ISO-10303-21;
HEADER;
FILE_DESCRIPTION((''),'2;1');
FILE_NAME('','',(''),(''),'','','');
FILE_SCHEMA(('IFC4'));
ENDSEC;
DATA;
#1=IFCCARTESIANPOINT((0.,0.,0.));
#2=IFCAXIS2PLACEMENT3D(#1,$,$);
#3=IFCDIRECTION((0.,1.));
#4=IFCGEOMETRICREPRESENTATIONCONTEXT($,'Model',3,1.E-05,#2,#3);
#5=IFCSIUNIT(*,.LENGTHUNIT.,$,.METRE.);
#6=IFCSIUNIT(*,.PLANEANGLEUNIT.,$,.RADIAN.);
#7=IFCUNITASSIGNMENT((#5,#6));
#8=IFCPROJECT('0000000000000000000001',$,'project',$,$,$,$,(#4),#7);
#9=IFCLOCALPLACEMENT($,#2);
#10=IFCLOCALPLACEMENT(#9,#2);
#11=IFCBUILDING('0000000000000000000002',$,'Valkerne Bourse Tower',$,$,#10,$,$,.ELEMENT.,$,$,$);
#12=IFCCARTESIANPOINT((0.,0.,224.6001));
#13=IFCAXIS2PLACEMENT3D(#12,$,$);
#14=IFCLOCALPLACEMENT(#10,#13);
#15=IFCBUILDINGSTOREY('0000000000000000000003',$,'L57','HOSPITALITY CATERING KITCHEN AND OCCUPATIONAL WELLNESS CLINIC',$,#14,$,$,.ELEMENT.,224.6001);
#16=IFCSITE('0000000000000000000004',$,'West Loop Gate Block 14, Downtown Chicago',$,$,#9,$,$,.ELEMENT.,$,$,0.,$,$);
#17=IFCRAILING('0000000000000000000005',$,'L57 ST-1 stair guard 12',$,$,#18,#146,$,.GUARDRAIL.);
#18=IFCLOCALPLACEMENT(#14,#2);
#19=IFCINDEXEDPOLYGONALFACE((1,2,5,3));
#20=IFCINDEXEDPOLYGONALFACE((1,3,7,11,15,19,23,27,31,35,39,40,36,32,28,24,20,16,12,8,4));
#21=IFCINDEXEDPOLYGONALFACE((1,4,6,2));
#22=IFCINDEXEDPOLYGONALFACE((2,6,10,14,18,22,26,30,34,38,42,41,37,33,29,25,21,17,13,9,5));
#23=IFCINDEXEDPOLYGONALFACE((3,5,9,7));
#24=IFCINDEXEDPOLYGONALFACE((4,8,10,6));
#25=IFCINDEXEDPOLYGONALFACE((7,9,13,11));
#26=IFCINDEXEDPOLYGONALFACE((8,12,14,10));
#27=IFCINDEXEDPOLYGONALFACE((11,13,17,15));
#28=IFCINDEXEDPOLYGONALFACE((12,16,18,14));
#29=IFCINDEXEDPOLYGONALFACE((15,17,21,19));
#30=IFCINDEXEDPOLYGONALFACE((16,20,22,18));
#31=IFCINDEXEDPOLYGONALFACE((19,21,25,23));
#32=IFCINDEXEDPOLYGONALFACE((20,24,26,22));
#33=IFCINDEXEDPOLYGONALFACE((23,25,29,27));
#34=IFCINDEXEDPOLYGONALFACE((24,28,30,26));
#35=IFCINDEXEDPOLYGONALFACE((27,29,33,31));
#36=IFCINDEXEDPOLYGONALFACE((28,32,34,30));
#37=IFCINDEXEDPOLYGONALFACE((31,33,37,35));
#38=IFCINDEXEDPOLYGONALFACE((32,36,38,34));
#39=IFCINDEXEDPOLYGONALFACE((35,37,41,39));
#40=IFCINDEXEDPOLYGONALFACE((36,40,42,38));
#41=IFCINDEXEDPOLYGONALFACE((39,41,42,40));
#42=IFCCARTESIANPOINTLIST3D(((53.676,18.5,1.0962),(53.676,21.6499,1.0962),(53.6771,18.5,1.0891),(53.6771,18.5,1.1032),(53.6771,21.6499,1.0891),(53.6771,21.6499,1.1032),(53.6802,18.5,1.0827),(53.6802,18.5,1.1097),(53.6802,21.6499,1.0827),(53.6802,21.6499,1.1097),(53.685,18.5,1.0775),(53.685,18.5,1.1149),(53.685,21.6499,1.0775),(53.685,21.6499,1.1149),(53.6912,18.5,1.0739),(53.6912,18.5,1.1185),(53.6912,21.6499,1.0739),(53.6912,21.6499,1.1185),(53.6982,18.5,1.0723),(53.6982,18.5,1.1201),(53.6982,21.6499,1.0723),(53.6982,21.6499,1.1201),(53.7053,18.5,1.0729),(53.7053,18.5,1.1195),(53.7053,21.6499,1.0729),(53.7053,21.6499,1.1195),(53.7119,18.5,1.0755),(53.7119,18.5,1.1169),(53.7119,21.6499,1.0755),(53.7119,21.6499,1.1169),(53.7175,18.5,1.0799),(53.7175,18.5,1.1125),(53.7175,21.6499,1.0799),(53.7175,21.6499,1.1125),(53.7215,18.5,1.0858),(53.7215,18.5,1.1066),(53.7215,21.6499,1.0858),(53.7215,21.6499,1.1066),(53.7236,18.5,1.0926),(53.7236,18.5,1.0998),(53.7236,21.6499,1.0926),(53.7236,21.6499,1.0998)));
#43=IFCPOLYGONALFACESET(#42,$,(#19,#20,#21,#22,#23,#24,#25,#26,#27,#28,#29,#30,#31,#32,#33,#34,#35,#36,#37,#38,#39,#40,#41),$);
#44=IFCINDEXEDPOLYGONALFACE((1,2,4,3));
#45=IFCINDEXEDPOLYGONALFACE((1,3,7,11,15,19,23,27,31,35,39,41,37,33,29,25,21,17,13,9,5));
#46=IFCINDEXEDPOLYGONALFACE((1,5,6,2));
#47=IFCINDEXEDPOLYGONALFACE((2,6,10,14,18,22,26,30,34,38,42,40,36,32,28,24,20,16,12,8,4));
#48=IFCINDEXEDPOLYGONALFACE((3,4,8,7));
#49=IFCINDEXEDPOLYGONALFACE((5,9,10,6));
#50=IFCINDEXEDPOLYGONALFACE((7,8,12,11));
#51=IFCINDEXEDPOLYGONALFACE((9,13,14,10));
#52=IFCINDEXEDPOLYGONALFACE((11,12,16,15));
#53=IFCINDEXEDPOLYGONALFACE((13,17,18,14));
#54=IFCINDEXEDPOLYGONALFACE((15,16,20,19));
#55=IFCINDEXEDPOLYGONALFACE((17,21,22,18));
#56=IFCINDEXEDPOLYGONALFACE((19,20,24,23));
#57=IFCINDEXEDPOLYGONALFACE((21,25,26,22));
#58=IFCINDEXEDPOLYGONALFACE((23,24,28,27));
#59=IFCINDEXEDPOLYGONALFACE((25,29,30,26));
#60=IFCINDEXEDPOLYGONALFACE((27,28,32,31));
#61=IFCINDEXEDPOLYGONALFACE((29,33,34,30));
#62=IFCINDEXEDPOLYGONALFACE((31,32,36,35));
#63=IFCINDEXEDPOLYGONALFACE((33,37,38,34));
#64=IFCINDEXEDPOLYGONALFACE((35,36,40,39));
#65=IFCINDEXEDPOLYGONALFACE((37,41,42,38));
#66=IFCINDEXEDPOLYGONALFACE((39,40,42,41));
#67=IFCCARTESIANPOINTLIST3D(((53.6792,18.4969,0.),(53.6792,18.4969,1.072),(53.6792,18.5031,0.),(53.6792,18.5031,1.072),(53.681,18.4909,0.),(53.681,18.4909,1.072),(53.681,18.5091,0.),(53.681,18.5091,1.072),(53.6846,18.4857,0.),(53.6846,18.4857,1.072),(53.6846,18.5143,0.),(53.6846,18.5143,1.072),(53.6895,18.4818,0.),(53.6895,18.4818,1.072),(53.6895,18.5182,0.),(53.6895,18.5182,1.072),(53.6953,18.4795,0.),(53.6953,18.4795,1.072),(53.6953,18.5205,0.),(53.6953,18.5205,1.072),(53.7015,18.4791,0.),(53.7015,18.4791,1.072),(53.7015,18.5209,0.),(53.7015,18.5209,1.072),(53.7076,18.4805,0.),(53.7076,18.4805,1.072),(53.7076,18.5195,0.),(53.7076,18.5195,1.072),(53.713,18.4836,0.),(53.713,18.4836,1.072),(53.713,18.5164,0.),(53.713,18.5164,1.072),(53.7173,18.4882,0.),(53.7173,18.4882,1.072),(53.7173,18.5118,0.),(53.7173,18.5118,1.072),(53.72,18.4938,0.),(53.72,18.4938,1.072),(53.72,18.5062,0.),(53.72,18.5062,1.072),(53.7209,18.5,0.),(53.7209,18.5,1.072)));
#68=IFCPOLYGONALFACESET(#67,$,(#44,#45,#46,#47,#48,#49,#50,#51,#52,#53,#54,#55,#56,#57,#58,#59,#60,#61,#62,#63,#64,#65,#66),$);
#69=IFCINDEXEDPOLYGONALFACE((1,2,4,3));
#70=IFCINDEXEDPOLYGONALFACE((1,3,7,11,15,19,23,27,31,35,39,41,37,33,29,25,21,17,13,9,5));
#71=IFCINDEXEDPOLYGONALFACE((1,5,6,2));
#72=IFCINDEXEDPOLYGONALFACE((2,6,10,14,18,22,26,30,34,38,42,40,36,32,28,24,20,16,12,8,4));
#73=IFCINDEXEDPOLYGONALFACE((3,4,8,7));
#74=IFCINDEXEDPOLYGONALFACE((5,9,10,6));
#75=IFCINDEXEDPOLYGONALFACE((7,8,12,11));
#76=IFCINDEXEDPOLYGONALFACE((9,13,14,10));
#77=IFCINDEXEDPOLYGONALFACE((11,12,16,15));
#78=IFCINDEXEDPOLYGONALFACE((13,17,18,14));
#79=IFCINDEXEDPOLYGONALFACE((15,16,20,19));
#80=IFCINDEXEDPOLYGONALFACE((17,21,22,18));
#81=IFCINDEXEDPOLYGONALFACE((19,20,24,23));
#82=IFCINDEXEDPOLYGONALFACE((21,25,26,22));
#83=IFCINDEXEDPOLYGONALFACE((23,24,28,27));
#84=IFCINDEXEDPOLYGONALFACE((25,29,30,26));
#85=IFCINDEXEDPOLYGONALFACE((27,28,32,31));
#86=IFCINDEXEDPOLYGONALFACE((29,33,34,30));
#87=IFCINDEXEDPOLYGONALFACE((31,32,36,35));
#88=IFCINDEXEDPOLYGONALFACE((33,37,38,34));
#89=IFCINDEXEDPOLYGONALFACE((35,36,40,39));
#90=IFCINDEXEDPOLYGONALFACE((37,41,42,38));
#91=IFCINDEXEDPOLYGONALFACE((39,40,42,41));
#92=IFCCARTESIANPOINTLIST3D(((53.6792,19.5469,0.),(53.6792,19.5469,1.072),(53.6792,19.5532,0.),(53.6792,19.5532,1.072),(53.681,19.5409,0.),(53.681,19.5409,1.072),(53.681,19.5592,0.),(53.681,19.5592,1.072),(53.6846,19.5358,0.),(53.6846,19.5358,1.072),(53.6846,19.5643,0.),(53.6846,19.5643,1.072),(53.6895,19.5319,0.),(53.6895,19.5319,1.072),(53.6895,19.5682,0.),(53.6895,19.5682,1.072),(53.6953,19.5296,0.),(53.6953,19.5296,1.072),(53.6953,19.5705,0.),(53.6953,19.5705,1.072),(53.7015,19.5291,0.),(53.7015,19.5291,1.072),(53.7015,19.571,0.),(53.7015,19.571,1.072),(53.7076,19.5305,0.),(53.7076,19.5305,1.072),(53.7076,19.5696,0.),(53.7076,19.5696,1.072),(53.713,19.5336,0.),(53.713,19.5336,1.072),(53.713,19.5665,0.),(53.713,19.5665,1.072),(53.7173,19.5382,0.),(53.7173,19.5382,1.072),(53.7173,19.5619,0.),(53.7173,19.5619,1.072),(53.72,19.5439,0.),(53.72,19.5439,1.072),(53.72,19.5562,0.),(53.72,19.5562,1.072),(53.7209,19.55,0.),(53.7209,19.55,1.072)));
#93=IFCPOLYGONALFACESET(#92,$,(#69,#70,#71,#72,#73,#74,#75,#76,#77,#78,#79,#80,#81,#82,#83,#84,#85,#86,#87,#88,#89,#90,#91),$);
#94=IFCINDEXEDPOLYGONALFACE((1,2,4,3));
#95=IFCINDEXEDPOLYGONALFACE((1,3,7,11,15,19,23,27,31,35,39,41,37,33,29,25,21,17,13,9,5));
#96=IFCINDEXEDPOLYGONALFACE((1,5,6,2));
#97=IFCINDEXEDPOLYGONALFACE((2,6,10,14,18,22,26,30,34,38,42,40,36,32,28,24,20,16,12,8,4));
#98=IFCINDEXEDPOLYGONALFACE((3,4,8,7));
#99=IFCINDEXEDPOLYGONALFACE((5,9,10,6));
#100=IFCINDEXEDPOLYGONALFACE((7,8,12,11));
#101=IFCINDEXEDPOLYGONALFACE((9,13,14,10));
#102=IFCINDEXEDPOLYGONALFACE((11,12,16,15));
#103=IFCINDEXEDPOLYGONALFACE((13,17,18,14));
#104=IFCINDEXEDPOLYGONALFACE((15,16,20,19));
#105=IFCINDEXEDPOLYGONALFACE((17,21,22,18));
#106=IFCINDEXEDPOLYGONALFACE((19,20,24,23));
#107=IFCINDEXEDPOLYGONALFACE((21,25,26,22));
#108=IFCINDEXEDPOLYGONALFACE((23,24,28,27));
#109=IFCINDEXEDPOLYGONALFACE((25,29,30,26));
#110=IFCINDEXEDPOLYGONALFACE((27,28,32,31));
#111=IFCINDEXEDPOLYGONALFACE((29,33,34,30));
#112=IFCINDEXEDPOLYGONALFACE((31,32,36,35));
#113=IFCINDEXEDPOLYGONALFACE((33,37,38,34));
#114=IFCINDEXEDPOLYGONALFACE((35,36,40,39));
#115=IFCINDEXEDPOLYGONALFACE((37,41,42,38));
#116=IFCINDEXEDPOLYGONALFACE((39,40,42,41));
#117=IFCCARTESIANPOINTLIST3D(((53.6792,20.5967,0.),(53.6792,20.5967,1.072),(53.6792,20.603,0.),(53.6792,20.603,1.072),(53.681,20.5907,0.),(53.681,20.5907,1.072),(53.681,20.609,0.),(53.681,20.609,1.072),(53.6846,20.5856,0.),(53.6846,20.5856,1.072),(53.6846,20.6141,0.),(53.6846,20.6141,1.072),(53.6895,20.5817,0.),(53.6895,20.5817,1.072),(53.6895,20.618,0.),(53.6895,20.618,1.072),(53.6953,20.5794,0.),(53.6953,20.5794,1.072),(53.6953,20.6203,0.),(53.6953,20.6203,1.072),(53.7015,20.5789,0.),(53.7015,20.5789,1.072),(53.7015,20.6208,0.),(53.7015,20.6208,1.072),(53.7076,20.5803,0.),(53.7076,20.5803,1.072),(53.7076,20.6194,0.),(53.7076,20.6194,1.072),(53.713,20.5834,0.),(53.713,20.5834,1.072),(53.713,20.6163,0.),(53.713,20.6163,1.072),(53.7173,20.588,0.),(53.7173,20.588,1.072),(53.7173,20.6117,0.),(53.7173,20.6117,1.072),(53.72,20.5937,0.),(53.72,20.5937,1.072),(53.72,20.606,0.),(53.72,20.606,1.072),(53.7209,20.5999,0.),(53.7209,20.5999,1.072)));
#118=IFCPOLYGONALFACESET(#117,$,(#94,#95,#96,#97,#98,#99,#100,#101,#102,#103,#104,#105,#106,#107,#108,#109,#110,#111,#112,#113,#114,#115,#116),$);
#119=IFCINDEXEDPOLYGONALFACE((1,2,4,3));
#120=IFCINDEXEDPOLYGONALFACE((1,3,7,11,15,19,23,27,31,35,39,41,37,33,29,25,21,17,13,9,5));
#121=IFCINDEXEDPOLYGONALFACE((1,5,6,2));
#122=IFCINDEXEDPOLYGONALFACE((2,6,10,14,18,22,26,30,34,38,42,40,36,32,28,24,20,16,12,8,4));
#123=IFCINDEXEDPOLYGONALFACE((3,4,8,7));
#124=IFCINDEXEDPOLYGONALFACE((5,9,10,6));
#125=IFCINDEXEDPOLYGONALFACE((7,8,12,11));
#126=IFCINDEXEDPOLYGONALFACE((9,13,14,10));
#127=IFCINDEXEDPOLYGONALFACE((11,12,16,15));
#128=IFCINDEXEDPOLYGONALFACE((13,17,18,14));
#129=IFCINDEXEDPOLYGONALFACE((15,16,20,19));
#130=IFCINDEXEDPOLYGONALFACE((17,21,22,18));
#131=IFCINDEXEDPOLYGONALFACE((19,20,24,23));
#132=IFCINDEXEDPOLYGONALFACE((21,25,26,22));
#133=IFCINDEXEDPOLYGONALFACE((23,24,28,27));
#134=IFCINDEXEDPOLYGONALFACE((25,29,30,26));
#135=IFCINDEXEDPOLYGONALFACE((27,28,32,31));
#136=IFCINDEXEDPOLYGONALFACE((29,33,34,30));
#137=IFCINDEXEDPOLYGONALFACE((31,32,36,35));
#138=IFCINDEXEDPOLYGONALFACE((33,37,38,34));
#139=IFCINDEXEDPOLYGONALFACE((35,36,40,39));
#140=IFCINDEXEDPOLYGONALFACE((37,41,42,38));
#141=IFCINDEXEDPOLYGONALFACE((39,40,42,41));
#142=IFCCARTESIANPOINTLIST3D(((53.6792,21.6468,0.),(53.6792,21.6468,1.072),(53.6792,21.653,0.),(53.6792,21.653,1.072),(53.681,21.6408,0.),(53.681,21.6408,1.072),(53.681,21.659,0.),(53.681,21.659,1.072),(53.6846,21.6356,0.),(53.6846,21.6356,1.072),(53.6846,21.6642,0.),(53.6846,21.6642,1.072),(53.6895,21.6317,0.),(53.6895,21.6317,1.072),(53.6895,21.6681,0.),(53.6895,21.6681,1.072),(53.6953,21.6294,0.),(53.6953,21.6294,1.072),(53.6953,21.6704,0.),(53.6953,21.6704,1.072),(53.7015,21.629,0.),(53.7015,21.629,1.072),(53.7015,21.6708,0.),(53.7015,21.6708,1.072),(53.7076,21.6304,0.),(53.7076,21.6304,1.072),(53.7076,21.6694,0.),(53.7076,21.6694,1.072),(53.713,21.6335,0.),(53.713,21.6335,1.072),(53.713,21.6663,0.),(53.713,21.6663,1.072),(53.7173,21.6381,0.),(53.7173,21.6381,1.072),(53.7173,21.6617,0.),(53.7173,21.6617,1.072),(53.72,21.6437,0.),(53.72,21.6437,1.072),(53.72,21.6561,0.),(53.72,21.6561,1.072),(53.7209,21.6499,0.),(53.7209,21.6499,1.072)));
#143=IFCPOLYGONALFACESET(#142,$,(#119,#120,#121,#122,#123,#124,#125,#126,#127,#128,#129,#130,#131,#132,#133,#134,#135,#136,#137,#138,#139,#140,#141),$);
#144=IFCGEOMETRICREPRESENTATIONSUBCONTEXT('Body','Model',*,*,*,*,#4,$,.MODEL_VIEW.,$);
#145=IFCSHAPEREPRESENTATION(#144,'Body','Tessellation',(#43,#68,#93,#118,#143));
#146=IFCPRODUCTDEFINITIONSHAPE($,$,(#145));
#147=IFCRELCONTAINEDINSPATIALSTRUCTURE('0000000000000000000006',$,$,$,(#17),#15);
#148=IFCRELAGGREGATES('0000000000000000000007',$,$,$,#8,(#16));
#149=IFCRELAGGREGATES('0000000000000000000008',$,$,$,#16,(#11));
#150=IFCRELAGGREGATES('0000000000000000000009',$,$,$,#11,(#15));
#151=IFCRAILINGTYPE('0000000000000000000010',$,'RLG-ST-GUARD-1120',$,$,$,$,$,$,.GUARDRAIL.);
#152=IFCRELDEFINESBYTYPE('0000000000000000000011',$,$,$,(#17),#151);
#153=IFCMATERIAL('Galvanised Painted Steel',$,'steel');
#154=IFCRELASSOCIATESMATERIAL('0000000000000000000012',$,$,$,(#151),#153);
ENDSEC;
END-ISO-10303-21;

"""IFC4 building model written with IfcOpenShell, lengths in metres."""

from ifc_helpers import new_model, si_unit, direction, frame, origin, origin_2d, place, context, subcontext, project, spatial, circle, extrude, material, type_object, element, save


model = new_model("IFC4")

# Units and contexts
model_context = context("Model", 3, precision=1e-05, world=origin(), true_north=direction((0.0, 1.0)))
body_context = subcontext(model_context, "Body", "Model", "MODEL_VIEW")
ifc_project = project(units=[si_unit("LENGTHUNIT", "METRE"), si_unit("PLANEANGLEUNIT", "RADIAN")], contexts=[model_context])

# Site, building, storey
site_placement = place(None, origin())
site = spatial("IfcSite", under=ifc_project, at=site_placement, Name="West Loop Gate Block 14, Downtown Chicago", CompositionType="ELEMENT", RefElevation=0.0)
building_placement = place(site_placement, origin())
building = spatial("IfcBuilding", under=site, at=building_placement, Name="Valkerne Bourse Tower", CompositionType="ELEMENT")
storey_placement = place(building_placement, frame((0.0, 0.0, 224.6001)))
storey = spatial("IfcBuildingStorey", under=building, at=storey_placement, Name="L57", Description="HOSPITALITY CATERING KITCHEN AND OCCUPATIONAL WELLNESS CLINIC", CompositionType="ELEMENT", Elevation=224.6001)

# Railing
ifc_material_1 = material(Name="Galvanised Painted Steel", Category="steel")
railing_type = type_object("IfcRailingType", Name="RLG-ST-GUARD-1120", PredefinedType="GUARDRAIL", material=ifc_material_1)
railing_1_placement = place(storey_placement, frame((53.7, 18.5, 0.0)))
element("IfcRailing", 1, at=railing_1_placement, inside=storey, type_object=railing_type, Name="L57 ST-1 stair guard 12", PredefinedType="GUARDRAIL", context=body_context, shape_type="SweptSolid", body=[
    extrude(circle(Radius=0.0239, at=origin_2d()), frame((0.0, 0.0, 1.0962), z_axis=(0.0, 1.0, 0.0), x_axis=(-1.0, 0.0, 0.0)), (0.0, 0.0, 1.0), 3.1499),
    extrude(circle(Radius=0.021, at=origin_2d()), origin(), (0.0, 0.0, 1.0), 1.072),
    extrude(circle(Radius=0.021, at=origin_2d()), frame((0.0, 1.05, 0.0)), (0.0, 0.0, 1.0), 1.072),
    extrude(circle(Radius=0.021, at=origin_2d()), frame((0.0, 2.0999, 0.0)), (0.0, 0.0, 1.0), 1.072),
    extrude(circle(Radius=0.021, at=origin_2d()), frame((0.0, 3.1499, 0.0)), (0.0, 0.0, 1.0), 1.072),
])

save(model, "model.ifc")
